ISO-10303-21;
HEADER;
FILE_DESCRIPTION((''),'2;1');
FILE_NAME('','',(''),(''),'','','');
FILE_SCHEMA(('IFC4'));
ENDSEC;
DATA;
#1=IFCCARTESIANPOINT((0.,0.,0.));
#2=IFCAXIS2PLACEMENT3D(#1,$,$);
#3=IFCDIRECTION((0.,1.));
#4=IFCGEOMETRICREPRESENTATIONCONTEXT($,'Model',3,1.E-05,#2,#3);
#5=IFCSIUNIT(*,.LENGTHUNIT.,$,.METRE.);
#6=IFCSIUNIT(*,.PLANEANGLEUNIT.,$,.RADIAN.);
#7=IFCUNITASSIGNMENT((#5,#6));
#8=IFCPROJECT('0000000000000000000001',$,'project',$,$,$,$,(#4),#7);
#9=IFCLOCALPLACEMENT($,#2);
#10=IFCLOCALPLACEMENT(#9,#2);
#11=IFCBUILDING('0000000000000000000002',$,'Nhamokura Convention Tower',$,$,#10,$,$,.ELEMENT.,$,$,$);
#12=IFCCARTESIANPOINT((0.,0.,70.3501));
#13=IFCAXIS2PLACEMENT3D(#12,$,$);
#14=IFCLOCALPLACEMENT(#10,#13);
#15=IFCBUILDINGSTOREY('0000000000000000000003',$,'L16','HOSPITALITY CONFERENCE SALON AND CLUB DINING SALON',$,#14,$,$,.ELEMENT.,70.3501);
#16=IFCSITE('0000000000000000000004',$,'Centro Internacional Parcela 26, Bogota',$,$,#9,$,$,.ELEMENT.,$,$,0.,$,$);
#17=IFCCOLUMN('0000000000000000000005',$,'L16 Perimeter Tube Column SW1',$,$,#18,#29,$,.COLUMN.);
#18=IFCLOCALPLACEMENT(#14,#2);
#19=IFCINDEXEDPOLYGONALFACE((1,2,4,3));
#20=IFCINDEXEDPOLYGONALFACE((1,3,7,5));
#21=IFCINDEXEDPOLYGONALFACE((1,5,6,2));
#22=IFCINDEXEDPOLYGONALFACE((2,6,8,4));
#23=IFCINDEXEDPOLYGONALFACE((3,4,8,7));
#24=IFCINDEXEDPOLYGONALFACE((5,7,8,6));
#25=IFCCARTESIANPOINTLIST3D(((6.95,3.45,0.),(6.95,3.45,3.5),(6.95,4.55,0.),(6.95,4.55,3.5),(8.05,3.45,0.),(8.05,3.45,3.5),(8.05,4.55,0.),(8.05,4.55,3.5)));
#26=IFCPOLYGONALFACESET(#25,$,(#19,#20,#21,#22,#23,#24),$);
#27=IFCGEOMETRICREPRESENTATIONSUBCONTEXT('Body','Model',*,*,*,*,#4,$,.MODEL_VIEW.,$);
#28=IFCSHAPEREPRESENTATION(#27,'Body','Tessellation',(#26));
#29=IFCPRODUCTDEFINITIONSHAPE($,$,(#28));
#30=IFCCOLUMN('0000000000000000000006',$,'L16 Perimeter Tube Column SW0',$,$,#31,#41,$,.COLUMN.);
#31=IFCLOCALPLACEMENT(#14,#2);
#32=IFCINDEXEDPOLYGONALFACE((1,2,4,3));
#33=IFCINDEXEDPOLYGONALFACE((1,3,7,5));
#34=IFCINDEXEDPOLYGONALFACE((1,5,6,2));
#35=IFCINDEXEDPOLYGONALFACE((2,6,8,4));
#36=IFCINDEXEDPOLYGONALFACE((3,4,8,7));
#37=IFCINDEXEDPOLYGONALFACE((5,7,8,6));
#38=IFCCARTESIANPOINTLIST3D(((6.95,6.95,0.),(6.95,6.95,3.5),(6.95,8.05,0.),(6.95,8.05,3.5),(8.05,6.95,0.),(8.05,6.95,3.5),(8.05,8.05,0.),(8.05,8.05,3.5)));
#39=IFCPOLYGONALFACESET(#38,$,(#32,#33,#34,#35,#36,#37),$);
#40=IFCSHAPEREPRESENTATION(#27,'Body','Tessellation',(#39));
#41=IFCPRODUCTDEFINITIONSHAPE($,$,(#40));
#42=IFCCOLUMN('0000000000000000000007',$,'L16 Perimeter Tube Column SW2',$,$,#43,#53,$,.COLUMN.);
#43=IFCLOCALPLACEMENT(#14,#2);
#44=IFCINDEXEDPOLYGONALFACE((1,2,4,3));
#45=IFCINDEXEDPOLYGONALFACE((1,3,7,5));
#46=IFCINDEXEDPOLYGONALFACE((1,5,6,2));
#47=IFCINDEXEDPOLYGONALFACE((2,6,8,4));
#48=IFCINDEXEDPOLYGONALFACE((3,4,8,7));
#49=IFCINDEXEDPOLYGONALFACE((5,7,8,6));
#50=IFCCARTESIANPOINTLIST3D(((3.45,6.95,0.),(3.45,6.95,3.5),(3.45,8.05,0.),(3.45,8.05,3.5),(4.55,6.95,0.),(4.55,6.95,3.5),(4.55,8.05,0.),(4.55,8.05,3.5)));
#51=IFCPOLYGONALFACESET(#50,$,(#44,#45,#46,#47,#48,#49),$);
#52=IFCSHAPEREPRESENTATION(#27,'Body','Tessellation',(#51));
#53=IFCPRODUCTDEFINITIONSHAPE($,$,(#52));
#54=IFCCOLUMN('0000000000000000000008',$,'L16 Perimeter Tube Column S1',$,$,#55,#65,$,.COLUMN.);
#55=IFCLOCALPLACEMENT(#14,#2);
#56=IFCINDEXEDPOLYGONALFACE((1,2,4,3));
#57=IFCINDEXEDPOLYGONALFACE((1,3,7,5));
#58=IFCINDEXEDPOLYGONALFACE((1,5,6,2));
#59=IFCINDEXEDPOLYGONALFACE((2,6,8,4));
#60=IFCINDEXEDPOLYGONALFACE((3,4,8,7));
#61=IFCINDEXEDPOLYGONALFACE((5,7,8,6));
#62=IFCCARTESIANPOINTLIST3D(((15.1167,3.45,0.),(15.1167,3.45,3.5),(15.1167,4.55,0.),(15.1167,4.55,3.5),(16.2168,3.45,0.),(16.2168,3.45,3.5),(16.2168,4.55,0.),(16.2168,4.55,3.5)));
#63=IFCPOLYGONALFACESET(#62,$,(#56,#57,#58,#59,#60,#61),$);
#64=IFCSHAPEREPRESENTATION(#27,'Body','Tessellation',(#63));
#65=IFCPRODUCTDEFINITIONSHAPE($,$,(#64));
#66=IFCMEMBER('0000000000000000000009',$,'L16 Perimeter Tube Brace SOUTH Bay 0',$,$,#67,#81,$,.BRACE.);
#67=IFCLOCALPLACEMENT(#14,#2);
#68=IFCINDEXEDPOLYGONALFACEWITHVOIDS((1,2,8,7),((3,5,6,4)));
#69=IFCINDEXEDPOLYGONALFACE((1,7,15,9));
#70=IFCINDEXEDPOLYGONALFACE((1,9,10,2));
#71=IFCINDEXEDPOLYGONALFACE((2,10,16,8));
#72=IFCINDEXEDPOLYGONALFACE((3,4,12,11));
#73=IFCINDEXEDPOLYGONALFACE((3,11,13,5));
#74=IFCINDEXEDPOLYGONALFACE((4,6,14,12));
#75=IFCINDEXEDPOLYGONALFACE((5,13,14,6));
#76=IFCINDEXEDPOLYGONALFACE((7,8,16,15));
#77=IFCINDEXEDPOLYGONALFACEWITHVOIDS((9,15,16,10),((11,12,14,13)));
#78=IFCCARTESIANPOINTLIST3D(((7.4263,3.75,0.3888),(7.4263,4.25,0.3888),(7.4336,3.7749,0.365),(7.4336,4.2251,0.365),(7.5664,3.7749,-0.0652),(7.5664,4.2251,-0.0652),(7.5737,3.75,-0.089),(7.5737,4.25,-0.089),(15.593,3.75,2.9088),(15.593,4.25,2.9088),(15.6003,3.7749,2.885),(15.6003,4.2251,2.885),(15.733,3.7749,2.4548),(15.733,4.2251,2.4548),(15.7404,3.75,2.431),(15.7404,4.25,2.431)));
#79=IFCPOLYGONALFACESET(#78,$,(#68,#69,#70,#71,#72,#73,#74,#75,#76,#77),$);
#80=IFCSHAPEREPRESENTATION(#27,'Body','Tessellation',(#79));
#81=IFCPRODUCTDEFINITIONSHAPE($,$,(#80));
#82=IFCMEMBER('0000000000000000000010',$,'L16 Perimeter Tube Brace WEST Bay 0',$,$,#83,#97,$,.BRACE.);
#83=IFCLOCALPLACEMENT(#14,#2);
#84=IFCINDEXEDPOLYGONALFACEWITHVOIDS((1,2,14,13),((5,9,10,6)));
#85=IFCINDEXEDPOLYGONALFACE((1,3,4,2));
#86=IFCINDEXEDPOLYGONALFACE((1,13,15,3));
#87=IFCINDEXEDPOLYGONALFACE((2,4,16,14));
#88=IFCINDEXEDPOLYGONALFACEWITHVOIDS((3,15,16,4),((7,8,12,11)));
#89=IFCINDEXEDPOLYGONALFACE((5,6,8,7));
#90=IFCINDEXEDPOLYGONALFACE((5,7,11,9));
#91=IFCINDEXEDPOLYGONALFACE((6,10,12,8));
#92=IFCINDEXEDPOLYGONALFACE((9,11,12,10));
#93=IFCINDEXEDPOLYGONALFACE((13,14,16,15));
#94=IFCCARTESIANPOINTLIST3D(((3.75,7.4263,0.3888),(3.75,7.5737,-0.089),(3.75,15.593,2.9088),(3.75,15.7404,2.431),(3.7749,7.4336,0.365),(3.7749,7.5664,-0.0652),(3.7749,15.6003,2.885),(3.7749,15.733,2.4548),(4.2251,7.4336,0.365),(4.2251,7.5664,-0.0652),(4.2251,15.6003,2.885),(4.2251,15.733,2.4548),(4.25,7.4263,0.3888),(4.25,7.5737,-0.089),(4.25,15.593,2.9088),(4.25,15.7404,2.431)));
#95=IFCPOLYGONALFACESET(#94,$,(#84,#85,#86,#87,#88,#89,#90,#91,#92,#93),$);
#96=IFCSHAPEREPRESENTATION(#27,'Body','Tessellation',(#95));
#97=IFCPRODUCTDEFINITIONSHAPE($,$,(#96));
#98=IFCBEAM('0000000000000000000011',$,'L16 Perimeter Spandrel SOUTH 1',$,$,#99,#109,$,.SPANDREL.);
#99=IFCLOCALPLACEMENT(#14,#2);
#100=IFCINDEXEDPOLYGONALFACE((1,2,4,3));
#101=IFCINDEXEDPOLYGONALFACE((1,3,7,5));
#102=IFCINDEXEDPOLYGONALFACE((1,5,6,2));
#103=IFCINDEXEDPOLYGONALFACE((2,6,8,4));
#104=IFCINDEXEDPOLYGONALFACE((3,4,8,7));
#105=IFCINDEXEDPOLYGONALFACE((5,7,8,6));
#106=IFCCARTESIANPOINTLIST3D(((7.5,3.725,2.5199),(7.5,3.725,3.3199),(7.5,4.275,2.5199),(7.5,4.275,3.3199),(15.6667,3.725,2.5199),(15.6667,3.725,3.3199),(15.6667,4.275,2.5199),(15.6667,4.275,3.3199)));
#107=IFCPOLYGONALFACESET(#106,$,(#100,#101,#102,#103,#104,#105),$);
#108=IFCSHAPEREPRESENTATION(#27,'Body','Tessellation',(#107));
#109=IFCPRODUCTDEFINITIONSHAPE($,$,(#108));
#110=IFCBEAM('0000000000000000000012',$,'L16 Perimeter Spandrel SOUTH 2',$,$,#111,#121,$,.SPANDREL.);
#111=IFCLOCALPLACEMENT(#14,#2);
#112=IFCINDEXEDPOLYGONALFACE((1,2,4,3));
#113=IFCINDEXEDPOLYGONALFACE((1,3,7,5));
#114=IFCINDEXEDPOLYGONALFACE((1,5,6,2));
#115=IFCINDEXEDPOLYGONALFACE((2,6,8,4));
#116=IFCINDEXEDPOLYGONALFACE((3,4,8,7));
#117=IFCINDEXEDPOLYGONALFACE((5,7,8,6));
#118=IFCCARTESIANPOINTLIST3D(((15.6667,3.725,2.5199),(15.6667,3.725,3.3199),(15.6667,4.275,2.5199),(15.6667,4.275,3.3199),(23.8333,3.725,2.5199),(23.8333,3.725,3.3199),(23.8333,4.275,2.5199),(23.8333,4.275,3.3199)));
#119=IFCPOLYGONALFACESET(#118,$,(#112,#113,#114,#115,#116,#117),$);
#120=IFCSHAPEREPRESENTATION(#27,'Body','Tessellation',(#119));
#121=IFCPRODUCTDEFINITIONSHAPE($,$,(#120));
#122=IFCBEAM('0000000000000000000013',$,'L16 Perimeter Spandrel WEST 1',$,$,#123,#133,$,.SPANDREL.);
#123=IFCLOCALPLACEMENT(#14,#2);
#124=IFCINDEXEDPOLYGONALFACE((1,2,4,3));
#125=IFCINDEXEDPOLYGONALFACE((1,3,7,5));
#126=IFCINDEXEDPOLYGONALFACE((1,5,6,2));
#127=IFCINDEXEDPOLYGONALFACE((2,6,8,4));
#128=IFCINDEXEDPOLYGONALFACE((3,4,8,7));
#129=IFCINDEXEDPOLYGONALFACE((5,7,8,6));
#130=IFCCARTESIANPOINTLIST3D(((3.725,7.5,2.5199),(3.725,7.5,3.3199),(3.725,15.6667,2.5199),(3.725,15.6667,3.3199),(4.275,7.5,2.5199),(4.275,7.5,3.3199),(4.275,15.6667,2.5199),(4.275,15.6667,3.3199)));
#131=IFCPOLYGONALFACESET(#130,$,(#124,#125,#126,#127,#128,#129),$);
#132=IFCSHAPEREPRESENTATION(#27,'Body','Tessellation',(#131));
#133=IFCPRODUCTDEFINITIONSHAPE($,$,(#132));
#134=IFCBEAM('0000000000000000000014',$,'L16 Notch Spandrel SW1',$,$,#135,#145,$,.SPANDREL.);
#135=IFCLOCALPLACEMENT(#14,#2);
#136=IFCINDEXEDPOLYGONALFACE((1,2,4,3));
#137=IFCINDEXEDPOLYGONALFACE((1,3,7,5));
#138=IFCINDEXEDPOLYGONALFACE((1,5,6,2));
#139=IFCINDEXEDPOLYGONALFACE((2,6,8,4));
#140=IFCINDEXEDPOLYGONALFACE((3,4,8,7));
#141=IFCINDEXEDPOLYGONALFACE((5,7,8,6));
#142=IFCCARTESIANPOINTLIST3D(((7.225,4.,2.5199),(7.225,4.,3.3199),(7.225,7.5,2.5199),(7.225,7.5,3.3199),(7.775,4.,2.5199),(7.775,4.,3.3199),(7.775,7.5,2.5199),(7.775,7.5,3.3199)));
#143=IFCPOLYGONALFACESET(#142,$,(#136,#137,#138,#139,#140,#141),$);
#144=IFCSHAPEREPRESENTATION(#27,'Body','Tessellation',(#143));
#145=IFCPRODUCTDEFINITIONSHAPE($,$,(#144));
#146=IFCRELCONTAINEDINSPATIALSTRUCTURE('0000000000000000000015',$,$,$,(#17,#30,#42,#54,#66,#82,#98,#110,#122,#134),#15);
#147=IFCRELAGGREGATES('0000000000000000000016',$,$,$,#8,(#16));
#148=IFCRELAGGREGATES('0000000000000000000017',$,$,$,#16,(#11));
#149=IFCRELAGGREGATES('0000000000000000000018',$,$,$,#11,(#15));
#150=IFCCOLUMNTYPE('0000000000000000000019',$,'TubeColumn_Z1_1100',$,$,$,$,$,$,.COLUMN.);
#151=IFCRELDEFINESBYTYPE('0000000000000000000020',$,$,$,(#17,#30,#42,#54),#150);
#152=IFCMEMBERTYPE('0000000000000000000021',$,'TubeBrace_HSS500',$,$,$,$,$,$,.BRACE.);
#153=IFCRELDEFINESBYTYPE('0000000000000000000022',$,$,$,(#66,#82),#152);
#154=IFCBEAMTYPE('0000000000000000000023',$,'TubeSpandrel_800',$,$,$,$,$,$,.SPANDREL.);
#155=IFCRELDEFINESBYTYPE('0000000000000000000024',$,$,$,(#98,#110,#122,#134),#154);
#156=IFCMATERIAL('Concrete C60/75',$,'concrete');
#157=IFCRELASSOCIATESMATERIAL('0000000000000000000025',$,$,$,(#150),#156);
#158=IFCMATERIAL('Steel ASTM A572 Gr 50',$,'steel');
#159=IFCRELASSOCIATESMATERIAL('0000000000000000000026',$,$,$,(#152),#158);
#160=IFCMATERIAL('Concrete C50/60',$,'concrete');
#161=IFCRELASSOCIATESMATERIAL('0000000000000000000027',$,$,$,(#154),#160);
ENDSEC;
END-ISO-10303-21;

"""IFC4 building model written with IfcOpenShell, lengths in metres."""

from ifc_helpers import new_model, si_unit, direction, frame, origin, origin_2d, place, context, subcontext, project, spatial, rectangle, hollow_rectangle, extrude, material, material_profile, profile_set, type_object, element, save


model = new_model("IFC4")

# Units and contexts
model_context = context("Model", 3, precision=1e-05, world=origin(), true_north=direction((0.0, 1.0)))
body_context = subcontext(model_context, "Body", "Model", "MODEL_VIEW")
ifc_project = project(units=[si_unit("LENGTHUNIT", "METRE"), si_unit("PLANEANGLEUNIT", "RADIAN")], contexts=[model_context])

# Site, building, storey
site_placement = place(None, origin())
site = spatial("IfcSite", under=ifc_project, at=site_placement, Name="Centro Internacional Parcela 26, Bogota", CompositionType="ELEMENT", RefElevation=0.0)
building_placement = place(site_placement, origin())
building = spatial("IfcBuilding", under=site, at=building_placement, Name="Nhamokura Convention Tower", CompositionType="ELEMENT")
storey_placement = place(building_placement, frame((0.0, 0.0, 70.3501)))
storey = spatial("IfcBuildingStorey", under=building, at=storey_placement, Name="L16", Description="HOSPITALITY CONFERENCE SALON AND CLUB DINING SALON", CompositionType="ELEMENT", Elevation=70.3501)

# Columns
ifc_material_1 = material(Name="Concrete C60/75", Category="concrete")
ifc_material_profile_1 = material_profile(ifc_material_1, rectangle(XDim=1.1001, YDim=1.1001, at=origin_2d()))
ifc_profile_set_1 = profile_set([ifc_material_profile_1], Name="Concrete C60/75")
column_type = type_object("IfcColumnType", Name="TubeColumn_Z1_1100", PredefinedType="COLUMN", material=ifc_profile_set_1)
for number, where, z_axis, x_axis, name in (
    (1, (7.5, 4.0, 0.0), (0.0, 0.0, 1.0), (1.0, 0.0, 0.0), "L16 Perimeter Tube Column SW1"),
    (2, (7.5, 7.5, 0.0), (0.0, 0.0, 1.0), (1.0, 0.0, 0.0), "L16 Perimeter Tube Column SW0"),
    (3, (4.0, 7.5, 0.0), (0.0, 0.0, 1.0), (1.0, 0.0, 0.0), "L16 Perimeter Tube Column SW2"),
    (4, (15.6667, 4.0, 0.0), (0.0, 0.0, 1.0), (1.0, 0.0, 0.0), "L16 Perimeter Tube Column S1"),
):
    element("IfcColumn", number, at=place(storey_placement, frame(where, z_axis=z_axis, x_axis=x_axis)), inside=storey, type_object=column_type, Name=name, PredefinedType="COLUMN", context=body_context, shape_type="SweptSolid", body=[
        extrude(rectangle(XDim=1.1001, YDim=1.1001, at=origin_2d()), origin(), (0.0, 0.0, 1.0), 3.5),
    ])

# Members
ifc_material_2 = material(Name="Steel ASTM A572 Gr 50", Category="steel")
ifc_material_profile_2 = material_profile(ifc_material_2, hollow_rectangle(XDim=0.5, YDim=0.5, WallThickness=0.0249, at=origin_2d()))
ifc_profile_set_2 = profile_set([ifc_material_profile_2], Name="Steel ASTM A572 Gr 50")
member_type = type_object("IfcMemberType", Name="TubeBrace_HSS500", PredefinedType="BRACE", material=ifc_profile_set_2)
for number, where, z_axis, x_axis, name in (
    (5, (7.5, 4.0, 0.1499), (0.955543, 0.0, 0.294853), (0.0, 1.0, 0.0), "L16 Perimeter Tube Brace SOUTH Bay 0"),
    (6, (4.0, 7.5, 0.1499), (0.0, 0.955543, 0.294853), (-1.0, 0.0, 0.0), "L16 Perimeter Tube Brace WEST Bay 0"),
):
    element("IfcMember", number, at=place(storey_placement, frame(where, z_axis=z_axis, x_axis=x_axis)), inside=storey, type_object=member_type, Name=name, PredefinedType="BRACE", context=body_context, shape_type="SweptSolid", body=[
        extrude(hollow_rectangle(XDim=0.5, YDim=0.5, WallThickness=0.0249, at=origin_2d()), origin(), (0.0, 0.0, 1.0), 8.5466),
    ])

# Beams
ifc_material_3 = material(Name="Concrete C50/60", Category="concrete")
ifc_material_profile_3 = material_profile(ifc_material_3, rectangle(XDim=0.55, YDim=0.8, at=origin_2d()))
ifc_profile_set_3 = profile_set([ifc_material_profile_3], Name="Concrete C50/60")
beam_type = type_object("IfcBeamType", Name="TubeSpandrel_800", PredefinedType="SPANDREL", material=ifc_profile_set_3)
beam_1_placement = place(storey_placement, frame((7.5, 4.0, 2.9199), z_axis=(1.0, 0.0, 0.0), x_axis=(0.0, 1.0, 0.0)))
element("IfcBeam", 7, at=beam_1_placement, inside=storey, type_object=beam_type, Name="L16 Perimeter Spandrel SOUTH 1", PredefinedType="SPANDREL", context=body_context, shape_type="SweptSolid", body=[
    extrude(rectangle(XDim=0.55, YDim=0.8, at=origin_2d()), origin(), (0.0, 0.0, 1.0), 8.1667),
])
beam_2_placement = place(storey_placement, frame((15.6667, 4.0, 2.9199), z_axis=(1.0, 0.0, 0.0), x_axis=(0.0, 1.0, 0.0)))
element("IfcBeam", 8, at=beam_2_placement, inside=storey, type_object=beam_type, Name="L16 Perimeter Spandrel SOUTH 2", PredefinedType="SPANDREL", context=body_context, shape_type="SweptSolid", body=[
    extrude(rectangle(XDim=0.55, YDim=0.8, at=origin_2d()), origin(), (0.0, 0.0, 1.0), 8.1665),
])
beam_3_placement = place(storey_placement, frame((4.0, 7.5, 2.9199), z_axis=(0.0, 1.0, 0.0), x_axis=(-1.0, 0.0, 0.0)))
element("IfcBeam", 9, at=beam_3_placement, inside=storey, type_object=beam_type, Name="L16 Perimeter Spandrel WEST 1", PredefinedType="SPANDREL", context=body_context, shape_type="SweptSolid", body=[
    extrude(rectangle(XDim=0.55, YDim=0.8, at=origin_2d()), origin(), (0.0, 0.0, 1.0), 8.1667),
])
beam_4_placement = place(storey_placement, frame((7.5, 4.0, 2.9199), z_axis=(0.0, 1.0, 0.0), x_axis=(-1.0, 0.0, 0.0)))
element("IfcBeam", 10, at=beam_4_placement, inside=storey, type_object=beam_type, Name="L16 Notch Spandrel SW1", PredefinedType="SPANDREL", context=body_context, shape_type="SweptSolid", body=[
    extrude(rectangle(XDim=0.55, YDim=0.8, at=origin_2d()), origin(), (0.0, 0.0, 1.0), 3.5),
])

save(model, "model.ifc")
